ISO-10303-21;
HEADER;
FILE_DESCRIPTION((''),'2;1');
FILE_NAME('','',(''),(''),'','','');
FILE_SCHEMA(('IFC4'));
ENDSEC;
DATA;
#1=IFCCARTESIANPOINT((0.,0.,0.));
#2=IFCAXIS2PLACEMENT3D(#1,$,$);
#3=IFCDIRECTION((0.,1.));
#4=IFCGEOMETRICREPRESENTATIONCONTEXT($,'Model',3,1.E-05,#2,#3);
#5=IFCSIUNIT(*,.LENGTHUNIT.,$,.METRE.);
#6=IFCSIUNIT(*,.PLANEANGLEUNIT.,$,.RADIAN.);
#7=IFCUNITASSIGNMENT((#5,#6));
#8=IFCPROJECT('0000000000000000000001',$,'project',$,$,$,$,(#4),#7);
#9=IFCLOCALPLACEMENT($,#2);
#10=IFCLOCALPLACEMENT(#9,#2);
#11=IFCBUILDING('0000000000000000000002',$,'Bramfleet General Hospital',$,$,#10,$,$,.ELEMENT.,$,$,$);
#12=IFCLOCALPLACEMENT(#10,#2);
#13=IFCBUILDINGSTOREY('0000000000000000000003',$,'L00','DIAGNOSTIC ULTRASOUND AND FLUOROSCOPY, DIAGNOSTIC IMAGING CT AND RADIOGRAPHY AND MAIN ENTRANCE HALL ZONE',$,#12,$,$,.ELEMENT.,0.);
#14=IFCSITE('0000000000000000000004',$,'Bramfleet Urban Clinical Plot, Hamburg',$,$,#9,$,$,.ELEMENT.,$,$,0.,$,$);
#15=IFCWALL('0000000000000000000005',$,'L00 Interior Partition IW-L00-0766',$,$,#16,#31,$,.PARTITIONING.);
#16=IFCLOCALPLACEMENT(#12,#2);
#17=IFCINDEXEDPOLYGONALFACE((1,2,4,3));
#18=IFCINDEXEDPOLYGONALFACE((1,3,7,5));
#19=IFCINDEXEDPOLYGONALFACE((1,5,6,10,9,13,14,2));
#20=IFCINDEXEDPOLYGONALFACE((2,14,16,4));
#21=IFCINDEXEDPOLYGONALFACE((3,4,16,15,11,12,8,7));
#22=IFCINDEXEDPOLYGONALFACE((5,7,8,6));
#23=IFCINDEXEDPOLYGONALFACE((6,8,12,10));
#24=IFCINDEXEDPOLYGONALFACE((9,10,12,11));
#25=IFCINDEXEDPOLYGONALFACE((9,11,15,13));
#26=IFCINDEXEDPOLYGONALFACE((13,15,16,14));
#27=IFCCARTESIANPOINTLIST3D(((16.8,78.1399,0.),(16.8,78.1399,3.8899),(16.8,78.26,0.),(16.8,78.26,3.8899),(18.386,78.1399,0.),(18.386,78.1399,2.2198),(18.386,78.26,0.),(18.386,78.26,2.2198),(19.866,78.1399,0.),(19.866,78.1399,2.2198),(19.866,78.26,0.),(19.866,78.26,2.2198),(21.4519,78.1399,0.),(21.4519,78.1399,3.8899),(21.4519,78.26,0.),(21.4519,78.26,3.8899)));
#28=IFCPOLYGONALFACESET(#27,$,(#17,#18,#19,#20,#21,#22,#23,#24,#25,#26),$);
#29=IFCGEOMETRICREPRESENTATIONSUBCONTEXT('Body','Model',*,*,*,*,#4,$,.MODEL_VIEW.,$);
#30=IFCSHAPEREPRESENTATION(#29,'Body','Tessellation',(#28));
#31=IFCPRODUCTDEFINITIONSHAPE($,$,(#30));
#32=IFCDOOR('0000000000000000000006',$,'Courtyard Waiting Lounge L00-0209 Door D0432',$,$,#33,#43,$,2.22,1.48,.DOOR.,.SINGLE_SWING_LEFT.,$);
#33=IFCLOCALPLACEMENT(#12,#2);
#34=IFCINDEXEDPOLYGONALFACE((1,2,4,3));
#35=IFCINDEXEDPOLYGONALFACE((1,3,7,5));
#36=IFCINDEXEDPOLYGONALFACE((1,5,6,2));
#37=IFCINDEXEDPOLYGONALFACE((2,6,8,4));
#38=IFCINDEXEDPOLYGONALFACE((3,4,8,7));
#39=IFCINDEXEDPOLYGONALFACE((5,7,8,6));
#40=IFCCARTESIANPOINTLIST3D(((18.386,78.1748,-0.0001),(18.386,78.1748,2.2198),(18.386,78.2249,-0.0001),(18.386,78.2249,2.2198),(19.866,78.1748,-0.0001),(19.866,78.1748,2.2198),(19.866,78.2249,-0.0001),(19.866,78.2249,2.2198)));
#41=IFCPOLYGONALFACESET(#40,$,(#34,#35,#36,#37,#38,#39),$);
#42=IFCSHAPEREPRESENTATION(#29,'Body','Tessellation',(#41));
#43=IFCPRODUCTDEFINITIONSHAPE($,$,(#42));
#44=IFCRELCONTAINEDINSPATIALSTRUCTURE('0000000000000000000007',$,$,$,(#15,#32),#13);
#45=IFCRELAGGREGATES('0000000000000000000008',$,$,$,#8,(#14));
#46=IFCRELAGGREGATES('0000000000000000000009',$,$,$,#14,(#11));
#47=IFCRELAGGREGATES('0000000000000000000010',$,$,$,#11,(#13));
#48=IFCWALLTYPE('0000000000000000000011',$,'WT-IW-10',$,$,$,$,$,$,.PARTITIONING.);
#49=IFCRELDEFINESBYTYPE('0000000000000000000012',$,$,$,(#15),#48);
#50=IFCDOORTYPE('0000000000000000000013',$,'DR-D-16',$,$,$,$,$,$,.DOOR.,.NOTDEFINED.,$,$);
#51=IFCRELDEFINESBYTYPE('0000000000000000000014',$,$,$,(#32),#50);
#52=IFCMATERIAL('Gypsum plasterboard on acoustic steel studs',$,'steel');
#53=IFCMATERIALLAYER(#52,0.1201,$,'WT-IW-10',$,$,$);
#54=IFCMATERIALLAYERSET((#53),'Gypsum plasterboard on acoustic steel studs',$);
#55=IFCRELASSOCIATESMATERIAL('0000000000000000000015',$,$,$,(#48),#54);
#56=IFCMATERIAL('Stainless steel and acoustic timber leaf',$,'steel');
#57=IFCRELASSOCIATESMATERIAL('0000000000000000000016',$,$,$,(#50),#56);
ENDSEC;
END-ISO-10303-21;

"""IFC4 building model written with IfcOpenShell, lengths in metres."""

from ifc_helpers import new_model, si_unit, direction, frame, frame_2d, origin, place, context, subcontext, project, spatial, rectangle, extrude, material, layer, layer_set, type_object, element, fill, save


model = new_model("IFC4")

# Units and contexts
model_context = context("Model", 3, precision=1e-05, world=origin(), true_north=direction((0.0, 1.0)))
body_context = subcontext(model_context, "Body", "Model", "MODEL_VIEW")
ifc_project = project(units=[si_unit("LENGTHUNIT", "METRE"), si_unit("PLANEANGLEUNIT", "RADIAN")], contexts=[model_context])

# Site, building, storey
site_placement = place(None, origin())
site = spatial("IfcSite", under=ifc_project, at=site_placement, Name="Bramfleet Urban Clinical Plot, Hamburg", CompositionType="ELEMENT", RefElevation=0.0)
building_placement = place(site_placement, origin())
building = spatial("IfcBuilding", under=site, at=building_placement, Name="Bramfleet General Hospital", CompositionType="ELEMENT")
storey_placement = place(building_placement, origin())
storey = spatial("IfcBuildingStorey", under=building, at=storey_placement, Name="L00", Description="DIAGNOSTIC ULTRASOUND AND FLUOROSCOPY, DIAGNOSTIC IMAGING CT AND RADIOGRAPHY AND MAIN ENTRANCE HALL ZONE", CompositionType="ELEMENT", Elevation=0.0)

# Shared definitions
ifc_material_1 = material(Name="Stainless steel and acoustic timber leaf", Category="steel")

# Wall, opening, door
ifc_material_2 = material(Name="Gypsum plasterboard on acoustic steel studs", Category="steel")
ifc_layer_1 = layer(ifc_material_2, 0.1201, Name="WT-IW-10")
ifc_layer_set_1 = layer_set([ifc_layer_1], Name="Gypsum plasterboard on acoustic steel studs")
wall_type_1 = type_object("IfcWallType", Name="WT-IW-10", PredefinedType="PARTITIONING", material=ifc_layer_set_1)
wall_1_placement = place(storey_placement, frame((16.8, 78.2, 0.0), z_axis=(0.0, 0.0, 1.0), x_axis=(1.0, 0.0, 0.0)))
wall_1 = element("IfcWall", 1, at=wall_1_placement, inside=storey, type_object=wall_type_1, Name="L00 Interior Partition IW-L00-0766", PredefinedType="PARTITIONING", context=body_context, shape_type="SweptSolid", body=[
    extrude(rectangle(XDim=4.6519, YDim=0.1201, at=frame_2d((2.3259, 0.0))), origin(), (0.0, 0.0, 1.0), 3.8899),
])
opening_1_placement = place(wall_1_placement, frame((1.5859, 0.0, 0.0)))
opening_1 = element("IfcOpeningElement", 2, at=opening_1_placement, cuts=wall_1, PredefinedType="OPENING", context=body_context, shape_type="SweptSolid", body=[
    extrude(rectangle(XDim=1.48, YDim=2.22, at=frame_2d((0.74, 1.1099))), frame((0.0, 0.0701, 0.0), z_axis=(0.0, -1.0, 0.0), x_axis=(1.0, 0.0, 0.0)), (0.0, 0.0, 1.0), 0.1401),
])
door_type_1 = type_object("IfcDoorType", Name="DR-D-16", OperationType="NOTDEFINED", PredefinedType="DOOR", material=ifc_material_1)
door_1_placement = place(opening_1_placement, origin())
door_1 = element("IfcDoor", 3, at=door_1_placement, inside=storey, type_object=door_type_1, Name="Courtyard Waiting Lounge L00-0209 Door D0432", OperationType="SINGLE_SWING_LEFT", OverallHeight=2.22, OverallWidth=1.48, PredefinedType="DOOR", context=body_context, shape_type="SweptSolid", body=[
    extrude(rectangle(XDim=1.48, YDim=2.22, at=frame_2d((0.74, 1.1099))), frame((0.0, 0.0249, 0.0), z_axis=(0.0, -1.0, 0.0), x_axis=(1.0, 0.0, 0.0)), (0.0, 0.0, 1.0), 0.05),
])
fill(opening_1, door_1)

save(model, "model.ifc")
